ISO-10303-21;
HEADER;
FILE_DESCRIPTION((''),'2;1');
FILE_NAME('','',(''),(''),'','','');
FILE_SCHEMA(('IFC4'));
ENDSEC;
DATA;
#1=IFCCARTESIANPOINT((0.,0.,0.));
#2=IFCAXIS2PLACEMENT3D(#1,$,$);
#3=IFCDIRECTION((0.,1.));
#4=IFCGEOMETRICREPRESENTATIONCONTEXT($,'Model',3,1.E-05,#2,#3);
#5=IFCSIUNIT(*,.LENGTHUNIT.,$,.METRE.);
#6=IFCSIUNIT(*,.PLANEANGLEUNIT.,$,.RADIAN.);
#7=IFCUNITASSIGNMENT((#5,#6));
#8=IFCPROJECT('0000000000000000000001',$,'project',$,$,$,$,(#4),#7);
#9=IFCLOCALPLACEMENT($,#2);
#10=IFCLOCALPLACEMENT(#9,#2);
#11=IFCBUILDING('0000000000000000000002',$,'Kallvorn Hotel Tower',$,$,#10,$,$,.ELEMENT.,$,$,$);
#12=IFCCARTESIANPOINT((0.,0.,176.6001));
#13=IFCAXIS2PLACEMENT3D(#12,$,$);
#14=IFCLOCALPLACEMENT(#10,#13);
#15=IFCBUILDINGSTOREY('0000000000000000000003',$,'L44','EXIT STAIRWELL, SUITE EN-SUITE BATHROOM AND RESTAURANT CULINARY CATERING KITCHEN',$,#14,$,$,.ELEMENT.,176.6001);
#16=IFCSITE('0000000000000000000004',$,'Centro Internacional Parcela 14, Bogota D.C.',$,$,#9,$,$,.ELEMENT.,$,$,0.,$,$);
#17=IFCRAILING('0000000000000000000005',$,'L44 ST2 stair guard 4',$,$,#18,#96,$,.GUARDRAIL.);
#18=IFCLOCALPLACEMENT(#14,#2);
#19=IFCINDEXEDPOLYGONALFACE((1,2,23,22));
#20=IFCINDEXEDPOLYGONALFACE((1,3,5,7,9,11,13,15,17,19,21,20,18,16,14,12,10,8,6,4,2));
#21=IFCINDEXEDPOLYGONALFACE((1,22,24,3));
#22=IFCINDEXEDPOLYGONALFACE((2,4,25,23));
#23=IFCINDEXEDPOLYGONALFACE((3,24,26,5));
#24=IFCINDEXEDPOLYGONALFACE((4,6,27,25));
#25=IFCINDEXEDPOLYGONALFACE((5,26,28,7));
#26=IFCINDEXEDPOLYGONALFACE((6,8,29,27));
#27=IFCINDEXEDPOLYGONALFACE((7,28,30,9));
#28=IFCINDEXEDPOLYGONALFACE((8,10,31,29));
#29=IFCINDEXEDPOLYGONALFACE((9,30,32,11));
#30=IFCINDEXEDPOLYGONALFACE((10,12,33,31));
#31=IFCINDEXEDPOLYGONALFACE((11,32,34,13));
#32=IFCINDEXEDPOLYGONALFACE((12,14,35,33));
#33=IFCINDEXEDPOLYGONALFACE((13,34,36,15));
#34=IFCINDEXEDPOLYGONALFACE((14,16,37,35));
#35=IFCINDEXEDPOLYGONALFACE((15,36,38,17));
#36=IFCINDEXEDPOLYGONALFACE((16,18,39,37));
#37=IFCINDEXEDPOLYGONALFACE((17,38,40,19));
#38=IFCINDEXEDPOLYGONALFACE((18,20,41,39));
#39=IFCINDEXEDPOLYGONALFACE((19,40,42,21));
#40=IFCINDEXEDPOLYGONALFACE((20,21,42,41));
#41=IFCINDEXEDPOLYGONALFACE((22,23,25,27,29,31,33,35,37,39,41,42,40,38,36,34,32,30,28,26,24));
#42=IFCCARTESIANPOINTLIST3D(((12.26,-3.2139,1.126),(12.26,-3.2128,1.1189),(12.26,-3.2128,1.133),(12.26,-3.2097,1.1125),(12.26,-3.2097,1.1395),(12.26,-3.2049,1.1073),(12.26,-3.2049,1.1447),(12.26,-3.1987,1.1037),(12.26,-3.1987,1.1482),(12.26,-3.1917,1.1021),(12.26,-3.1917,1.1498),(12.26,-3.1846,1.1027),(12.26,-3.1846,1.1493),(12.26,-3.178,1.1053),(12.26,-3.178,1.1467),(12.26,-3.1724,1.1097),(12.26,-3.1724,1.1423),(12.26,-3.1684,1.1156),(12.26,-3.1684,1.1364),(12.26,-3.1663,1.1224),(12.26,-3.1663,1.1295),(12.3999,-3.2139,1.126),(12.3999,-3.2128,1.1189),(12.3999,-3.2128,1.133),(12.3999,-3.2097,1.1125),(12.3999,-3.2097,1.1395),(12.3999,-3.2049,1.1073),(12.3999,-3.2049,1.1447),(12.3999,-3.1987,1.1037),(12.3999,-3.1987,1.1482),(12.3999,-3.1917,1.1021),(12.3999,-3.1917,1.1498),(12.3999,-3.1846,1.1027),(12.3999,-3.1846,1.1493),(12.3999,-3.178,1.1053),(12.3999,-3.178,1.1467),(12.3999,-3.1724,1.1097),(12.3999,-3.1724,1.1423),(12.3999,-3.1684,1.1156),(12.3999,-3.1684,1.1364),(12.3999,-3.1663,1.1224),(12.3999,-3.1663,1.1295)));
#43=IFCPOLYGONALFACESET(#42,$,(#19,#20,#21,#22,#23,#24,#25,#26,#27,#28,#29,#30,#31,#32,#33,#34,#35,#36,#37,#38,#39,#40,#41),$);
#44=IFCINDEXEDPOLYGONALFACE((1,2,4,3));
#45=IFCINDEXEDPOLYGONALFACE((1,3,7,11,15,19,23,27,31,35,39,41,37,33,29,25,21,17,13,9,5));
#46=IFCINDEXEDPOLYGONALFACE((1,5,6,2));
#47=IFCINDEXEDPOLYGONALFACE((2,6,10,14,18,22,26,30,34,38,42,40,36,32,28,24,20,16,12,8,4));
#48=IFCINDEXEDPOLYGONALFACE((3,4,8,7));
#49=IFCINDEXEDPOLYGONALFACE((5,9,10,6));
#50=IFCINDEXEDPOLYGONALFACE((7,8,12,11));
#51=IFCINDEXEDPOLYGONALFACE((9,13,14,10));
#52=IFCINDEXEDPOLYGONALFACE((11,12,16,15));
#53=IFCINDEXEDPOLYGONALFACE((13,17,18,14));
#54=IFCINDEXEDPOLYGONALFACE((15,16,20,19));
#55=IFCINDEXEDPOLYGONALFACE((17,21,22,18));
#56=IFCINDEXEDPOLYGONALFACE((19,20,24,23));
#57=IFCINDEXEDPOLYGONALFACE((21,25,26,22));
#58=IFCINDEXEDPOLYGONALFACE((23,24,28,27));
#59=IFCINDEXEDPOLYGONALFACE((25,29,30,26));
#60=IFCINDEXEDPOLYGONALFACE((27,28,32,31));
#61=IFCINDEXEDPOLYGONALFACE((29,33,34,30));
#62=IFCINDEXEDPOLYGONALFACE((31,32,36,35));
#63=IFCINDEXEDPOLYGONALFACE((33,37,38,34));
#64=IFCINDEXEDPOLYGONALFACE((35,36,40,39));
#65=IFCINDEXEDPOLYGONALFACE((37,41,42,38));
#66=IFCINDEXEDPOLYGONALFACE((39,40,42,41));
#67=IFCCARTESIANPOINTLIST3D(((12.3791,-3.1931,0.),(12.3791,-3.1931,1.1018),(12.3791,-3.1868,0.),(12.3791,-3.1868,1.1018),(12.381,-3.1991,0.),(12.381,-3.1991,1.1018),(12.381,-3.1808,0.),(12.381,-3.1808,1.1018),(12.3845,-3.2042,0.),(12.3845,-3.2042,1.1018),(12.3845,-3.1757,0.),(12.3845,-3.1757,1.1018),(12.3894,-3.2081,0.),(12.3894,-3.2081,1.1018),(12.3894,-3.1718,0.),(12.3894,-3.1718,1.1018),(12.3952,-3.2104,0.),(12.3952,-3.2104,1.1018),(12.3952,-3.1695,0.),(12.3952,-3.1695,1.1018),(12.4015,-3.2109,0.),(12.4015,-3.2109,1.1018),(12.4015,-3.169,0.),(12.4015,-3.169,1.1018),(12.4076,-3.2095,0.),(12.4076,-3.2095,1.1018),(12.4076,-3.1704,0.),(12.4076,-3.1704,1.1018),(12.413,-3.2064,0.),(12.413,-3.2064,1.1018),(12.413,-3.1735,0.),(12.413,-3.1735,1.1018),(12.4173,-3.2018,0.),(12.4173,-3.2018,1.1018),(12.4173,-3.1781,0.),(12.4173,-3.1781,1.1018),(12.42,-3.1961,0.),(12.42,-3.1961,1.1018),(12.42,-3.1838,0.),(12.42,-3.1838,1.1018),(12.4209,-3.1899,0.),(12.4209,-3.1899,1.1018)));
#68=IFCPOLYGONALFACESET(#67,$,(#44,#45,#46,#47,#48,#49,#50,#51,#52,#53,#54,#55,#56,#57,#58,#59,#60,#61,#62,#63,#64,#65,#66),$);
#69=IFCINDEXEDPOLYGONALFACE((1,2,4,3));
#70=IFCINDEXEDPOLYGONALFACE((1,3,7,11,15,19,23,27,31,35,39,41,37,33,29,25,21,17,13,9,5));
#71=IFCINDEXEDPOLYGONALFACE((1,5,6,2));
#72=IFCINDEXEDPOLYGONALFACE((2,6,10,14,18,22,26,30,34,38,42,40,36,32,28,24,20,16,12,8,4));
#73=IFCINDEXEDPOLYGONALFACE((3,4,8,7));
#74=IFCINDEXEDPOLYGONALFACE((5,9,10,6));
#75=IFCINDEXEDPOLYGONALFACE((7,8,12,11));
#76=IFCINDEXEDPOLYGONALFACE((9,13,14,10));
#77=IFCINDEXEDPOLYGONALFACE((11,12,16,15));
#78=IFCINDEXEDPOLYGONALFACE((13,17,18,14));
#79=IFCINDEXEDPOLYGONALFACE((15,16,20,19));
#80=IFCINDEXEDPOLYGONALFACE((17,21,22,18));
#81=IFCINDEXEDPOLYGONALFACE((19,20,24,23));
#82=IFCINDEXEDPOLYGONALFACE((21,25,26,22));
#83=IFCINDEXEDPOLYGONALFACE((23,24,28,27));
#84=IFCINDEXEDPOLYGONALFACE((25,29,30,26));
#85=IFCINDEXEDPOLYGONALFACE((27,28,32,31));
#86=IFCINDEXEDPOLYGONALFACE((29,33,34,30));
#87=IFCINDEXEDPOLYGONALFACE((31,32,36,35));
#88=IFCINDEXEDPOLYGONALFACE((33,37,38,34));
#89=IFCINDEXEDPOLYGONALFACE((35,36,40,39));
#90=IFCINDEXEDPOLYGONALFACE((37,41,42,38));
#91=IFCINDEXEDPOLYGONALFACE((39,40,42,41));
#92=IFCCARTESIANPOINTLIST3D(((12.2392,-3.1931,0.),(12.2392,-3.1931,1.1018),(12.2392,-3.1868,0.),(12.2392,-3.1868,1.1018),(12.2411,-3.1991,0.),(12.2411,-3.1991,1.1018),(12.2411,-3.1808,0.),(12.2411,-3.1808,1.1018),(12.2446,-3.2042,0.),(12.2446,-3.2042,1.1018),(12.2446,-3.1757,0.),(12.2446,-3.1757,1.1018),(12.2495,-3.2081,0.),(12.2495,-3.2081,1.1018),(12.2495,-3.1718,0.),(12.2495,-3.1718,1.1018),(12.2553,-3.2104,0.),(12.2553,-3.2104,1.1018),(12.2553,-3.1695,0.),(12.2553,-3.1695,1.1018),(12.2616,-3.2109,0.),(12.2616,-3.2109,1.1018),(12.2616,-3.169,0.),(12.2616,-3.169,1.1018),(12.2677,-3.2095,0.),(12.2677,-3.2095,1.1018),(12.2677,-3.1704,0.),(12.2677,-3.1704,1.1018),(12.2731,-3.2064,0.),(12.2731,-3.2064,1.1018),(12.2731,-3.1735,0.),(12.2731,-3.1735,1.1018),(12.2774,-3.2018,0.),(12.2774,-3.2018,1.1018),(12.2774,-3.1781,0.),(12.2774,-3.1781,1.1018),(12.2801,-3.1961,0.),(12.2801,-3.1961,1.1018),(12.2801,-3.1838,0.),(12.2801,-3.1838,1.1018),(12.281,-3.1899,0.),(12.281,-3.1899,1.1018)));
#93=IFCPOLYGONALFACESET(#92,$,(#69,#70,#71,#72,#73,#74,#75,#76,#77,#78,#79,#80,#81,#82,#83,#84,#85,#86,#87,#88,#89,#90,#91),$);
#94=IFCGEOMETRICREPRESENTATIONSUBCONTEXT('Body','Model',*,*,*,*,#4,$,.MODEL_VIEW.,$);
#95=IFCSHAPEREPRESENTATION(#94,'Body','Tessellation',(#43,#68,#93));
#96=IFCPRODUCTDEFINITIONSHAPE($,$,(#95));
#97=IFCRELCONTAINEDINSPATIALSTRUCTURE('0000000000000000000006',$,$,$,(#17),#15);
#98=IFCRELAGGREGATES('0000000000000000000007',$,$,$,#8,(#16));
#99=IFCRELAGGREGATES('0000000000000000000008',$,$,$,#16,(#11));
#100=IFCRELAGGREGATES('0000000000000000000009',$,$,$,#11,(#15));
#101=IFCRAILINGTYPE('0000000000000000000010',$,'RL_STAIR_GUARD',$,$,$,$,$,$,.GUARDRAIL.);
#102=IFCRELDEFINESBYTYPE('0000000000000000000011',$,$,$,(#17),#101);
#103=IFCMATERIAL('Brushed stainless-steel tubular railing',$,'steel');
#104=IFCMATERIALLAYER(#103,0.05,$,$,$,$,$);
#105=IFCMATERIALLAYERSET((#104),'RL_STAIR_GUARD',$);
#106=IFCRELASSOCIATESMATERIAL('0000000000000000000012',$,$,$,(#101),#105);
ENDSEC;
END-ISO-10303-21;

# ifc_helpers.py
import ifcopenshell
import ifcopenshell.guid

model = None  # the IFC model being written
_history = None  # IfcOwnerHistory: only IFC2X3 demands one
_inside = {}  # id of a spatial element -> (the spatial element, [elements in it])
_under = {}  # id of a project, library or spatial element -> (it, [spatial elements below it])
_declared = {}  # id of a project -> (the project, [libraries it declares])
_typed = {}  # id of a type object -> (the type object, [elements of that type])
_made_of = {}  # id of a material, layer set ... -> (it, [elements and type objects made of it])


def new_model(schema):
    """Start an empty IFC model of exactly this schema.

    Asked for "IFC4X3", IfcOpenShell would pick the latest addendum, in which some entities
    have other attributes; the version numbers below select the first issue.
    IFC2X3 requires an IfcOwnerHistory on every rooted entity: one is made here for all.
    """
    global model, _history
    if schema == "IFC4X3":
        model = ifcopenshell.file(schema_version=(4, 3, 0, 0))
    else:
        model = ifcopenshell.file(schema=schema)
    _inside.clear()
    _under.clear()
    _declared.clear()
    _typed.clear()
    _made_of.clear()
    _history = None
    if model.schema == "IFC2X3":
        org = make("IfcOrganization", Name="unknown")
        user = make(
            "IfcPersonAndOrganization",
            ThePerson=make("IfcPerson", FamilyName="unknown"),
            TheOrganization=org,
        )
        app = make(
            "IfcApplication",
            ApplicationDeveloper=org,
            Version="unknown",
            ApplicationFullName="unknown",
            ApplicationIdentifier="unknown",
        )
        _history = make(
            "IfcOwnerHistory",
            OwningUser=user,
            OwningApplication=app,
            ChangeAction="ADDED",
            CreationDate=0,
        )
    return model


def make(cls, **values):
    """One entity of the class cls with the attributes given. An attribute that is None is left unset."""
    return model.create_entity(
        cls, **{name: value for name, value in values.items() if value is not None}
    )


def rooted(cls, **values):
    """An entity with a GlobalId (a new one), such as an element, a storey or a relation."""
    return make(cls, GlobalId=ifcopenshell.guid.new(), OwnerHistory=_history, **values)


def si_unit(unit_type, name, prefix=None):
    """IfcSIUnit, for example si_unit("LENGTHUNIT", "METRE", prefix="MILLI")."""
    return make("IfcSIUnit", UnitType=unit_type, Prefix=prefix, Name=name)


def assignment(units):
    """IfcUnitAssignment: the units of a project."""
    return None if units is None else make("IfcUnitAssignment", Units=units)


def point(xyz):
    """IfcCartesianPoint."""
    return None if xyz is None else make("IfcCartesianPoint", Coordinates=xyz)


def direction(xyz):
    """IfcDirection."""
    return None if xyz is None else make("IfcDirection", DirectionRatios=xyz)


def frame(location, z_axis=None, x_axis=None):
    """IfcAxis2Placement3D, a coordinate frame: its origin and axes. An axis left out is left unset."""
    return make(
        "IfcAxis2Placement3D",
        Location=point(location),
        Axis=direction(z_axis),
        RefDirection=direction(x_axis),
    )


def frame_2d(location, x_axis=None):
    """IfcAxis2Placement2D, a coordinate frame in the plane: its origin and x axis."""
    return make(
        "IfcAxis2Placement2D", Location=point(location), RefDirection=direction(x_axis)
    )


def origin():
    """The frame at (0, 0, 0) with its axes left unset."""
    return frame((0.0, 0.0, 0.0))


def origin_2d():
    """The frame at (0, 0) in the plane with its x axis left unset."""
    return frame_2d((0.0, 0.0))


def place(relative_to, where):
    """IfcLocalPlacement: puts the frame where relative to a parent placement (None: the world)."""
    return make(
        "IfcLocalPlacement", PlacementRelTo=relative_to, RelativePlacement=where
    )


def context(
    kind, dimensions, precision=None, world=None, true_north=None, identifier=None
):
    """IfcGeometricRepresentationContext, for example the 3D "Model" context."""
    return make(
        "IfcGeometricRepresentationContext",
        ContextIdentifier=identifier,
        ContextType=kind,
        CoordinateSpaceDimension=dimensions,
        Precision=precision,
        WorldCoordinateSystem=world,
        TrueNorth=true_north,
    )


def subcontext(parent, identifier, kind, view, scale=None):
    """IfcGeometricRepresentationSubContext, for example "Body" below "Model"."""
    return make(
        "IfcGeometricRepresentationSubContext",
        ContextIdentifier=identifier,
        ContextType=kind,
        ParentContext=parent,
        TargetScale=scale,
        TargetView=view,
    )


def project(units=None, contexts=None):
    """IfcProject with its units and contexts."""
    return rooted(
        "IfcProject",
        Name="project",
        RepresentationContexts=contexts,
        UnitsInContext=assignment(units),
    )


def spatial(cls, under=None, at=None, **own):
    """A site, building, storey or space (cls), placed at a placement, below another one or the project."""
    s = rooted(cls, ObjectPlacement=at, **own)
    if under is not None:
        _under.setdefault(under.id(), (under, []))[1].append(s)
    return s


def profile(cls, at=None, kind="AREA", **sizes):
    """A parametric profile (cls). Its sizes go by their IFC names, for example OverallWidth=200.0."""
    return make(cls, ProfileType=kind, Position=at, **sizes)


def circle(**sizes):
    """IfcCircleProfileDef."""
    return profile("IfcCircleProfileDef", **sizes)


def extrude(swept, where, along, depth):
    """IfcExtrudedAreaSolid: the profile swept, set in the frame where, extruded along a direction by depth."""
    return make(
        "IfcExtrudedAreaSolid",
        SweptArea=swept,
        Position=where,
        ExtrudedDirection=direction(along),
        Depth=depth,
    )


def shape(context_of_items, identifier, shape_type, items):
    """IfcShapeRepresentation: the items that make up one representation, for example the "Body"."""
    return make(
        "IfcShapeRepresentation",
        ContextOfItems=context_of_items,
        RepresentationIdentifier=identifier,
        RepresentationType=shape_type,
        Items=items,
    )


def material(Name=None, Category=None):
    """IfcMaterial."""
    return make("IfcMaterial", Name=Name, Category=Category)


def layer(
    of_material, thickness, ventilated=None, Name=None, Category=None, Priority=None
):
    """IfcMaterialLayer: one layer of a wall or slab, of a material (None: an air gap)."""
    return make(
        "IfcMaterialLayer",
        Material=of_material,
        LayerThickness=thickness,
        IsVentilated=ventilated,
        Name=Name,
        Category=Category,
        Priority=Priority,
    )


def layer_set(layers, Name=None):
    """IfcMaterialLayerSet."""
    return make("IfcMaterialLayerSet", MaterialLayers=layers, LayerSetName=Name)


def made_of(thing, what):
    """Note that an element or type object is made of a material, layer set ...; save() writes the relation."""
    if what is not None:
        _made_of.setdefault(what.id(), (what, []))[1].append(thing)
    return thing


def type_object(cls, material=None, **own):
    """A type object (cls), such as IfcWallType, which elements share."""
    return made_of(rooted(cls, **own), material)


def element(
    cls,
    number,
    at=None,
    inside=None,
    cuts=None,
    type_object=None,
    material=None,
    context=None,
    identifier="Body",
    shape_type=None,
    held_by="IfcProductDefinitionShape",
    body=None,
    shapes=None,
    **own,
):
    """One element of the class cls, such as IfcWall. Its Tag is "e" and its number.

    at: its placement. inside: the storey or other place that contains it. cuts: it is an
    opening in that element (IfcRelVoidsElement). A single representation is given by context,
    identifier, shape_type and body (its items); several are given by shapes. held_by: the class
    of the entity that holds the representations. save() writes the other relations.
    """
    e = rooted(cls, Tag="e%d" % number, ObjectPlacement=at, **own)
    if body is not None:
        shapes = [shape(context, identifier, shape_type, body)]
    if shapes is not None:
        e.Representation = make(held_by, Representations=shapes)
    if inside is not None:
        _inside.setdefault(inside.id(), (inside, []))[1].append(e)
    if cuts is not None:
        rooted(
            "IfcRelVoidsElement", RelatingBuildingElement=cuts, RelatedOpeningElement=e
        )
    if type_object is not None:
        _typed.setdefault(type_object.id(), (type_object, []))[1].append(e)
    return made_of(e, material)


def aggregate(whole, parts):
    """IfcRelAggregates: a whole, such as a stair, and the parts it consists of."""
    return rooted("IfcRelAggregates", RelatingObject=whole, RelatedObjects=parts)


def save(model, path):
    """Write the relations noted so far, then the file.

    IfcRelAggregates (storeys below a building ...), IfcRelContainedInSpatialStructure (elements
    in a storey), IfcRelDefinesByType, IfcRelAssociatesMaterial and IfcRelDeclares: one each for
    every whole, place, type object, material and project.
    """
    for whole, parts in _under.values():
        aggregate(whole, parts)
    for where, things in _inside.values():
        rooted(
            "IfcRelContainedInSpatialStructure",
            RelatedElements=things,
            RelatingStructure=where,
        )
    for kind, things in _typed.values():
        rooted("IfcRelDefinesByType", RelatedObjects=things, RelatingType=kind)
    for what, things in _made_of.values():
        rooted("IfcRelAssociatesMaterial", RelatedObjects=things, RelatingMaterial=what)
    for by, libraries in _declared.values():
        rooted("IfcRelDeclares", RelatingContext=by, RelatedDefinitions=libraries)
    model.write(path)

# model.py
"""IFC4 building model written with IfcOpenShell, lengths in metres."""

from ifc_helpers import new_model, si_unit, direction, frame, origin, origin_2d, place, context, subcontext, project, spatial, circle, extrude, material, layer, layer_set, type_object, element, save


model = new_model("IFC4")

# Units and contexts
model_context = context("Model", 3, precision=1e-05, world=origin(), true_north=direction((0.0, 1.0)))
body_context = subcontext(model_context, "Body", "Model", "MODEL_VIEW")
ifc_project = project(units=[si_unit("LENGTHUNIT", "METRE"), si_unit("PLANEANGLEUNIT", "RADIAN")], contexts=[model_context])

# Site, building, storey
site_placement = place(None, origin())
site = spatial("IfcSite", under=ifc_project, at=site_placement, Name="Centro Internacional Parcela 14, Bogota D.C.", CompositionType="ELEMENT", RefElevation=0.0)
building_placement = place(site_placement, origin())
building = spatial("IfcBuilding", under=site, at=building_placement, Name="Kallvorn Hotel Tower", CompositionType="ELEMENT")
storey_placement = place(building_placement, frame((0.0, 0.0, 176.6001)))
storey = spatial("IfcBuildingStorey", under=building, at=storey_placement, Name="L44", Description="EXIT STAIRWELL, SUITE EN-SUITE BATHROOM AND RESTAURANT CULINARY CATERING KITCHEN", CompositionType="ELEMENT", Elevation=176.6001)

# Railing
ifc_material_1 = material(Name="Brushed stainless-steel tubular railing", Category="steel")
ifc_layer_1 = layer(ifc_material_1, 0.05)
ifc_layer_set_1 = layer_set([ifc_layer_1], Name="RL_STAIR_GUARD")
railing_type_1 = type_object("IfcRailingType", Name="RL_STAIR_GUARD", PredefinedType="GUARDRAIL", material=ifc_layer_set_1)
railing_1_placement = place(storey_placement, frame((12.3999, -3.1899, 0.0)))
element("IfcRailing", 1, at=railing_1_placement, inside=storey, type_object=railing_type_1, Name="L44 ST2 stair guard 4", PredefinedType="GUARDRAIL", context=body_context, shape_type="SweptSolid", body=[
    extrude(circle(Radius=0.0239, at=origin_2d()), frame((0.0, 0.0, 1.126), z_axis=(-1.0, 0.0, 0.0), x_axis=(0.0, -1.0, 0.0)), (0.0, 0.0, 1.0), 0.1399),
    extrude(circle(Radius=0.021, at=origin_2d()), origin(), (0.0, 0.0, 1.0), 1.1018),
    extrude(circle(Radius=0.021, at=origin_2d()), frame((-0.1399, 0.0, 0.0)), (0.0, 0.0, 1.0), 1.1018),
])

save(model, "model.ifc")
